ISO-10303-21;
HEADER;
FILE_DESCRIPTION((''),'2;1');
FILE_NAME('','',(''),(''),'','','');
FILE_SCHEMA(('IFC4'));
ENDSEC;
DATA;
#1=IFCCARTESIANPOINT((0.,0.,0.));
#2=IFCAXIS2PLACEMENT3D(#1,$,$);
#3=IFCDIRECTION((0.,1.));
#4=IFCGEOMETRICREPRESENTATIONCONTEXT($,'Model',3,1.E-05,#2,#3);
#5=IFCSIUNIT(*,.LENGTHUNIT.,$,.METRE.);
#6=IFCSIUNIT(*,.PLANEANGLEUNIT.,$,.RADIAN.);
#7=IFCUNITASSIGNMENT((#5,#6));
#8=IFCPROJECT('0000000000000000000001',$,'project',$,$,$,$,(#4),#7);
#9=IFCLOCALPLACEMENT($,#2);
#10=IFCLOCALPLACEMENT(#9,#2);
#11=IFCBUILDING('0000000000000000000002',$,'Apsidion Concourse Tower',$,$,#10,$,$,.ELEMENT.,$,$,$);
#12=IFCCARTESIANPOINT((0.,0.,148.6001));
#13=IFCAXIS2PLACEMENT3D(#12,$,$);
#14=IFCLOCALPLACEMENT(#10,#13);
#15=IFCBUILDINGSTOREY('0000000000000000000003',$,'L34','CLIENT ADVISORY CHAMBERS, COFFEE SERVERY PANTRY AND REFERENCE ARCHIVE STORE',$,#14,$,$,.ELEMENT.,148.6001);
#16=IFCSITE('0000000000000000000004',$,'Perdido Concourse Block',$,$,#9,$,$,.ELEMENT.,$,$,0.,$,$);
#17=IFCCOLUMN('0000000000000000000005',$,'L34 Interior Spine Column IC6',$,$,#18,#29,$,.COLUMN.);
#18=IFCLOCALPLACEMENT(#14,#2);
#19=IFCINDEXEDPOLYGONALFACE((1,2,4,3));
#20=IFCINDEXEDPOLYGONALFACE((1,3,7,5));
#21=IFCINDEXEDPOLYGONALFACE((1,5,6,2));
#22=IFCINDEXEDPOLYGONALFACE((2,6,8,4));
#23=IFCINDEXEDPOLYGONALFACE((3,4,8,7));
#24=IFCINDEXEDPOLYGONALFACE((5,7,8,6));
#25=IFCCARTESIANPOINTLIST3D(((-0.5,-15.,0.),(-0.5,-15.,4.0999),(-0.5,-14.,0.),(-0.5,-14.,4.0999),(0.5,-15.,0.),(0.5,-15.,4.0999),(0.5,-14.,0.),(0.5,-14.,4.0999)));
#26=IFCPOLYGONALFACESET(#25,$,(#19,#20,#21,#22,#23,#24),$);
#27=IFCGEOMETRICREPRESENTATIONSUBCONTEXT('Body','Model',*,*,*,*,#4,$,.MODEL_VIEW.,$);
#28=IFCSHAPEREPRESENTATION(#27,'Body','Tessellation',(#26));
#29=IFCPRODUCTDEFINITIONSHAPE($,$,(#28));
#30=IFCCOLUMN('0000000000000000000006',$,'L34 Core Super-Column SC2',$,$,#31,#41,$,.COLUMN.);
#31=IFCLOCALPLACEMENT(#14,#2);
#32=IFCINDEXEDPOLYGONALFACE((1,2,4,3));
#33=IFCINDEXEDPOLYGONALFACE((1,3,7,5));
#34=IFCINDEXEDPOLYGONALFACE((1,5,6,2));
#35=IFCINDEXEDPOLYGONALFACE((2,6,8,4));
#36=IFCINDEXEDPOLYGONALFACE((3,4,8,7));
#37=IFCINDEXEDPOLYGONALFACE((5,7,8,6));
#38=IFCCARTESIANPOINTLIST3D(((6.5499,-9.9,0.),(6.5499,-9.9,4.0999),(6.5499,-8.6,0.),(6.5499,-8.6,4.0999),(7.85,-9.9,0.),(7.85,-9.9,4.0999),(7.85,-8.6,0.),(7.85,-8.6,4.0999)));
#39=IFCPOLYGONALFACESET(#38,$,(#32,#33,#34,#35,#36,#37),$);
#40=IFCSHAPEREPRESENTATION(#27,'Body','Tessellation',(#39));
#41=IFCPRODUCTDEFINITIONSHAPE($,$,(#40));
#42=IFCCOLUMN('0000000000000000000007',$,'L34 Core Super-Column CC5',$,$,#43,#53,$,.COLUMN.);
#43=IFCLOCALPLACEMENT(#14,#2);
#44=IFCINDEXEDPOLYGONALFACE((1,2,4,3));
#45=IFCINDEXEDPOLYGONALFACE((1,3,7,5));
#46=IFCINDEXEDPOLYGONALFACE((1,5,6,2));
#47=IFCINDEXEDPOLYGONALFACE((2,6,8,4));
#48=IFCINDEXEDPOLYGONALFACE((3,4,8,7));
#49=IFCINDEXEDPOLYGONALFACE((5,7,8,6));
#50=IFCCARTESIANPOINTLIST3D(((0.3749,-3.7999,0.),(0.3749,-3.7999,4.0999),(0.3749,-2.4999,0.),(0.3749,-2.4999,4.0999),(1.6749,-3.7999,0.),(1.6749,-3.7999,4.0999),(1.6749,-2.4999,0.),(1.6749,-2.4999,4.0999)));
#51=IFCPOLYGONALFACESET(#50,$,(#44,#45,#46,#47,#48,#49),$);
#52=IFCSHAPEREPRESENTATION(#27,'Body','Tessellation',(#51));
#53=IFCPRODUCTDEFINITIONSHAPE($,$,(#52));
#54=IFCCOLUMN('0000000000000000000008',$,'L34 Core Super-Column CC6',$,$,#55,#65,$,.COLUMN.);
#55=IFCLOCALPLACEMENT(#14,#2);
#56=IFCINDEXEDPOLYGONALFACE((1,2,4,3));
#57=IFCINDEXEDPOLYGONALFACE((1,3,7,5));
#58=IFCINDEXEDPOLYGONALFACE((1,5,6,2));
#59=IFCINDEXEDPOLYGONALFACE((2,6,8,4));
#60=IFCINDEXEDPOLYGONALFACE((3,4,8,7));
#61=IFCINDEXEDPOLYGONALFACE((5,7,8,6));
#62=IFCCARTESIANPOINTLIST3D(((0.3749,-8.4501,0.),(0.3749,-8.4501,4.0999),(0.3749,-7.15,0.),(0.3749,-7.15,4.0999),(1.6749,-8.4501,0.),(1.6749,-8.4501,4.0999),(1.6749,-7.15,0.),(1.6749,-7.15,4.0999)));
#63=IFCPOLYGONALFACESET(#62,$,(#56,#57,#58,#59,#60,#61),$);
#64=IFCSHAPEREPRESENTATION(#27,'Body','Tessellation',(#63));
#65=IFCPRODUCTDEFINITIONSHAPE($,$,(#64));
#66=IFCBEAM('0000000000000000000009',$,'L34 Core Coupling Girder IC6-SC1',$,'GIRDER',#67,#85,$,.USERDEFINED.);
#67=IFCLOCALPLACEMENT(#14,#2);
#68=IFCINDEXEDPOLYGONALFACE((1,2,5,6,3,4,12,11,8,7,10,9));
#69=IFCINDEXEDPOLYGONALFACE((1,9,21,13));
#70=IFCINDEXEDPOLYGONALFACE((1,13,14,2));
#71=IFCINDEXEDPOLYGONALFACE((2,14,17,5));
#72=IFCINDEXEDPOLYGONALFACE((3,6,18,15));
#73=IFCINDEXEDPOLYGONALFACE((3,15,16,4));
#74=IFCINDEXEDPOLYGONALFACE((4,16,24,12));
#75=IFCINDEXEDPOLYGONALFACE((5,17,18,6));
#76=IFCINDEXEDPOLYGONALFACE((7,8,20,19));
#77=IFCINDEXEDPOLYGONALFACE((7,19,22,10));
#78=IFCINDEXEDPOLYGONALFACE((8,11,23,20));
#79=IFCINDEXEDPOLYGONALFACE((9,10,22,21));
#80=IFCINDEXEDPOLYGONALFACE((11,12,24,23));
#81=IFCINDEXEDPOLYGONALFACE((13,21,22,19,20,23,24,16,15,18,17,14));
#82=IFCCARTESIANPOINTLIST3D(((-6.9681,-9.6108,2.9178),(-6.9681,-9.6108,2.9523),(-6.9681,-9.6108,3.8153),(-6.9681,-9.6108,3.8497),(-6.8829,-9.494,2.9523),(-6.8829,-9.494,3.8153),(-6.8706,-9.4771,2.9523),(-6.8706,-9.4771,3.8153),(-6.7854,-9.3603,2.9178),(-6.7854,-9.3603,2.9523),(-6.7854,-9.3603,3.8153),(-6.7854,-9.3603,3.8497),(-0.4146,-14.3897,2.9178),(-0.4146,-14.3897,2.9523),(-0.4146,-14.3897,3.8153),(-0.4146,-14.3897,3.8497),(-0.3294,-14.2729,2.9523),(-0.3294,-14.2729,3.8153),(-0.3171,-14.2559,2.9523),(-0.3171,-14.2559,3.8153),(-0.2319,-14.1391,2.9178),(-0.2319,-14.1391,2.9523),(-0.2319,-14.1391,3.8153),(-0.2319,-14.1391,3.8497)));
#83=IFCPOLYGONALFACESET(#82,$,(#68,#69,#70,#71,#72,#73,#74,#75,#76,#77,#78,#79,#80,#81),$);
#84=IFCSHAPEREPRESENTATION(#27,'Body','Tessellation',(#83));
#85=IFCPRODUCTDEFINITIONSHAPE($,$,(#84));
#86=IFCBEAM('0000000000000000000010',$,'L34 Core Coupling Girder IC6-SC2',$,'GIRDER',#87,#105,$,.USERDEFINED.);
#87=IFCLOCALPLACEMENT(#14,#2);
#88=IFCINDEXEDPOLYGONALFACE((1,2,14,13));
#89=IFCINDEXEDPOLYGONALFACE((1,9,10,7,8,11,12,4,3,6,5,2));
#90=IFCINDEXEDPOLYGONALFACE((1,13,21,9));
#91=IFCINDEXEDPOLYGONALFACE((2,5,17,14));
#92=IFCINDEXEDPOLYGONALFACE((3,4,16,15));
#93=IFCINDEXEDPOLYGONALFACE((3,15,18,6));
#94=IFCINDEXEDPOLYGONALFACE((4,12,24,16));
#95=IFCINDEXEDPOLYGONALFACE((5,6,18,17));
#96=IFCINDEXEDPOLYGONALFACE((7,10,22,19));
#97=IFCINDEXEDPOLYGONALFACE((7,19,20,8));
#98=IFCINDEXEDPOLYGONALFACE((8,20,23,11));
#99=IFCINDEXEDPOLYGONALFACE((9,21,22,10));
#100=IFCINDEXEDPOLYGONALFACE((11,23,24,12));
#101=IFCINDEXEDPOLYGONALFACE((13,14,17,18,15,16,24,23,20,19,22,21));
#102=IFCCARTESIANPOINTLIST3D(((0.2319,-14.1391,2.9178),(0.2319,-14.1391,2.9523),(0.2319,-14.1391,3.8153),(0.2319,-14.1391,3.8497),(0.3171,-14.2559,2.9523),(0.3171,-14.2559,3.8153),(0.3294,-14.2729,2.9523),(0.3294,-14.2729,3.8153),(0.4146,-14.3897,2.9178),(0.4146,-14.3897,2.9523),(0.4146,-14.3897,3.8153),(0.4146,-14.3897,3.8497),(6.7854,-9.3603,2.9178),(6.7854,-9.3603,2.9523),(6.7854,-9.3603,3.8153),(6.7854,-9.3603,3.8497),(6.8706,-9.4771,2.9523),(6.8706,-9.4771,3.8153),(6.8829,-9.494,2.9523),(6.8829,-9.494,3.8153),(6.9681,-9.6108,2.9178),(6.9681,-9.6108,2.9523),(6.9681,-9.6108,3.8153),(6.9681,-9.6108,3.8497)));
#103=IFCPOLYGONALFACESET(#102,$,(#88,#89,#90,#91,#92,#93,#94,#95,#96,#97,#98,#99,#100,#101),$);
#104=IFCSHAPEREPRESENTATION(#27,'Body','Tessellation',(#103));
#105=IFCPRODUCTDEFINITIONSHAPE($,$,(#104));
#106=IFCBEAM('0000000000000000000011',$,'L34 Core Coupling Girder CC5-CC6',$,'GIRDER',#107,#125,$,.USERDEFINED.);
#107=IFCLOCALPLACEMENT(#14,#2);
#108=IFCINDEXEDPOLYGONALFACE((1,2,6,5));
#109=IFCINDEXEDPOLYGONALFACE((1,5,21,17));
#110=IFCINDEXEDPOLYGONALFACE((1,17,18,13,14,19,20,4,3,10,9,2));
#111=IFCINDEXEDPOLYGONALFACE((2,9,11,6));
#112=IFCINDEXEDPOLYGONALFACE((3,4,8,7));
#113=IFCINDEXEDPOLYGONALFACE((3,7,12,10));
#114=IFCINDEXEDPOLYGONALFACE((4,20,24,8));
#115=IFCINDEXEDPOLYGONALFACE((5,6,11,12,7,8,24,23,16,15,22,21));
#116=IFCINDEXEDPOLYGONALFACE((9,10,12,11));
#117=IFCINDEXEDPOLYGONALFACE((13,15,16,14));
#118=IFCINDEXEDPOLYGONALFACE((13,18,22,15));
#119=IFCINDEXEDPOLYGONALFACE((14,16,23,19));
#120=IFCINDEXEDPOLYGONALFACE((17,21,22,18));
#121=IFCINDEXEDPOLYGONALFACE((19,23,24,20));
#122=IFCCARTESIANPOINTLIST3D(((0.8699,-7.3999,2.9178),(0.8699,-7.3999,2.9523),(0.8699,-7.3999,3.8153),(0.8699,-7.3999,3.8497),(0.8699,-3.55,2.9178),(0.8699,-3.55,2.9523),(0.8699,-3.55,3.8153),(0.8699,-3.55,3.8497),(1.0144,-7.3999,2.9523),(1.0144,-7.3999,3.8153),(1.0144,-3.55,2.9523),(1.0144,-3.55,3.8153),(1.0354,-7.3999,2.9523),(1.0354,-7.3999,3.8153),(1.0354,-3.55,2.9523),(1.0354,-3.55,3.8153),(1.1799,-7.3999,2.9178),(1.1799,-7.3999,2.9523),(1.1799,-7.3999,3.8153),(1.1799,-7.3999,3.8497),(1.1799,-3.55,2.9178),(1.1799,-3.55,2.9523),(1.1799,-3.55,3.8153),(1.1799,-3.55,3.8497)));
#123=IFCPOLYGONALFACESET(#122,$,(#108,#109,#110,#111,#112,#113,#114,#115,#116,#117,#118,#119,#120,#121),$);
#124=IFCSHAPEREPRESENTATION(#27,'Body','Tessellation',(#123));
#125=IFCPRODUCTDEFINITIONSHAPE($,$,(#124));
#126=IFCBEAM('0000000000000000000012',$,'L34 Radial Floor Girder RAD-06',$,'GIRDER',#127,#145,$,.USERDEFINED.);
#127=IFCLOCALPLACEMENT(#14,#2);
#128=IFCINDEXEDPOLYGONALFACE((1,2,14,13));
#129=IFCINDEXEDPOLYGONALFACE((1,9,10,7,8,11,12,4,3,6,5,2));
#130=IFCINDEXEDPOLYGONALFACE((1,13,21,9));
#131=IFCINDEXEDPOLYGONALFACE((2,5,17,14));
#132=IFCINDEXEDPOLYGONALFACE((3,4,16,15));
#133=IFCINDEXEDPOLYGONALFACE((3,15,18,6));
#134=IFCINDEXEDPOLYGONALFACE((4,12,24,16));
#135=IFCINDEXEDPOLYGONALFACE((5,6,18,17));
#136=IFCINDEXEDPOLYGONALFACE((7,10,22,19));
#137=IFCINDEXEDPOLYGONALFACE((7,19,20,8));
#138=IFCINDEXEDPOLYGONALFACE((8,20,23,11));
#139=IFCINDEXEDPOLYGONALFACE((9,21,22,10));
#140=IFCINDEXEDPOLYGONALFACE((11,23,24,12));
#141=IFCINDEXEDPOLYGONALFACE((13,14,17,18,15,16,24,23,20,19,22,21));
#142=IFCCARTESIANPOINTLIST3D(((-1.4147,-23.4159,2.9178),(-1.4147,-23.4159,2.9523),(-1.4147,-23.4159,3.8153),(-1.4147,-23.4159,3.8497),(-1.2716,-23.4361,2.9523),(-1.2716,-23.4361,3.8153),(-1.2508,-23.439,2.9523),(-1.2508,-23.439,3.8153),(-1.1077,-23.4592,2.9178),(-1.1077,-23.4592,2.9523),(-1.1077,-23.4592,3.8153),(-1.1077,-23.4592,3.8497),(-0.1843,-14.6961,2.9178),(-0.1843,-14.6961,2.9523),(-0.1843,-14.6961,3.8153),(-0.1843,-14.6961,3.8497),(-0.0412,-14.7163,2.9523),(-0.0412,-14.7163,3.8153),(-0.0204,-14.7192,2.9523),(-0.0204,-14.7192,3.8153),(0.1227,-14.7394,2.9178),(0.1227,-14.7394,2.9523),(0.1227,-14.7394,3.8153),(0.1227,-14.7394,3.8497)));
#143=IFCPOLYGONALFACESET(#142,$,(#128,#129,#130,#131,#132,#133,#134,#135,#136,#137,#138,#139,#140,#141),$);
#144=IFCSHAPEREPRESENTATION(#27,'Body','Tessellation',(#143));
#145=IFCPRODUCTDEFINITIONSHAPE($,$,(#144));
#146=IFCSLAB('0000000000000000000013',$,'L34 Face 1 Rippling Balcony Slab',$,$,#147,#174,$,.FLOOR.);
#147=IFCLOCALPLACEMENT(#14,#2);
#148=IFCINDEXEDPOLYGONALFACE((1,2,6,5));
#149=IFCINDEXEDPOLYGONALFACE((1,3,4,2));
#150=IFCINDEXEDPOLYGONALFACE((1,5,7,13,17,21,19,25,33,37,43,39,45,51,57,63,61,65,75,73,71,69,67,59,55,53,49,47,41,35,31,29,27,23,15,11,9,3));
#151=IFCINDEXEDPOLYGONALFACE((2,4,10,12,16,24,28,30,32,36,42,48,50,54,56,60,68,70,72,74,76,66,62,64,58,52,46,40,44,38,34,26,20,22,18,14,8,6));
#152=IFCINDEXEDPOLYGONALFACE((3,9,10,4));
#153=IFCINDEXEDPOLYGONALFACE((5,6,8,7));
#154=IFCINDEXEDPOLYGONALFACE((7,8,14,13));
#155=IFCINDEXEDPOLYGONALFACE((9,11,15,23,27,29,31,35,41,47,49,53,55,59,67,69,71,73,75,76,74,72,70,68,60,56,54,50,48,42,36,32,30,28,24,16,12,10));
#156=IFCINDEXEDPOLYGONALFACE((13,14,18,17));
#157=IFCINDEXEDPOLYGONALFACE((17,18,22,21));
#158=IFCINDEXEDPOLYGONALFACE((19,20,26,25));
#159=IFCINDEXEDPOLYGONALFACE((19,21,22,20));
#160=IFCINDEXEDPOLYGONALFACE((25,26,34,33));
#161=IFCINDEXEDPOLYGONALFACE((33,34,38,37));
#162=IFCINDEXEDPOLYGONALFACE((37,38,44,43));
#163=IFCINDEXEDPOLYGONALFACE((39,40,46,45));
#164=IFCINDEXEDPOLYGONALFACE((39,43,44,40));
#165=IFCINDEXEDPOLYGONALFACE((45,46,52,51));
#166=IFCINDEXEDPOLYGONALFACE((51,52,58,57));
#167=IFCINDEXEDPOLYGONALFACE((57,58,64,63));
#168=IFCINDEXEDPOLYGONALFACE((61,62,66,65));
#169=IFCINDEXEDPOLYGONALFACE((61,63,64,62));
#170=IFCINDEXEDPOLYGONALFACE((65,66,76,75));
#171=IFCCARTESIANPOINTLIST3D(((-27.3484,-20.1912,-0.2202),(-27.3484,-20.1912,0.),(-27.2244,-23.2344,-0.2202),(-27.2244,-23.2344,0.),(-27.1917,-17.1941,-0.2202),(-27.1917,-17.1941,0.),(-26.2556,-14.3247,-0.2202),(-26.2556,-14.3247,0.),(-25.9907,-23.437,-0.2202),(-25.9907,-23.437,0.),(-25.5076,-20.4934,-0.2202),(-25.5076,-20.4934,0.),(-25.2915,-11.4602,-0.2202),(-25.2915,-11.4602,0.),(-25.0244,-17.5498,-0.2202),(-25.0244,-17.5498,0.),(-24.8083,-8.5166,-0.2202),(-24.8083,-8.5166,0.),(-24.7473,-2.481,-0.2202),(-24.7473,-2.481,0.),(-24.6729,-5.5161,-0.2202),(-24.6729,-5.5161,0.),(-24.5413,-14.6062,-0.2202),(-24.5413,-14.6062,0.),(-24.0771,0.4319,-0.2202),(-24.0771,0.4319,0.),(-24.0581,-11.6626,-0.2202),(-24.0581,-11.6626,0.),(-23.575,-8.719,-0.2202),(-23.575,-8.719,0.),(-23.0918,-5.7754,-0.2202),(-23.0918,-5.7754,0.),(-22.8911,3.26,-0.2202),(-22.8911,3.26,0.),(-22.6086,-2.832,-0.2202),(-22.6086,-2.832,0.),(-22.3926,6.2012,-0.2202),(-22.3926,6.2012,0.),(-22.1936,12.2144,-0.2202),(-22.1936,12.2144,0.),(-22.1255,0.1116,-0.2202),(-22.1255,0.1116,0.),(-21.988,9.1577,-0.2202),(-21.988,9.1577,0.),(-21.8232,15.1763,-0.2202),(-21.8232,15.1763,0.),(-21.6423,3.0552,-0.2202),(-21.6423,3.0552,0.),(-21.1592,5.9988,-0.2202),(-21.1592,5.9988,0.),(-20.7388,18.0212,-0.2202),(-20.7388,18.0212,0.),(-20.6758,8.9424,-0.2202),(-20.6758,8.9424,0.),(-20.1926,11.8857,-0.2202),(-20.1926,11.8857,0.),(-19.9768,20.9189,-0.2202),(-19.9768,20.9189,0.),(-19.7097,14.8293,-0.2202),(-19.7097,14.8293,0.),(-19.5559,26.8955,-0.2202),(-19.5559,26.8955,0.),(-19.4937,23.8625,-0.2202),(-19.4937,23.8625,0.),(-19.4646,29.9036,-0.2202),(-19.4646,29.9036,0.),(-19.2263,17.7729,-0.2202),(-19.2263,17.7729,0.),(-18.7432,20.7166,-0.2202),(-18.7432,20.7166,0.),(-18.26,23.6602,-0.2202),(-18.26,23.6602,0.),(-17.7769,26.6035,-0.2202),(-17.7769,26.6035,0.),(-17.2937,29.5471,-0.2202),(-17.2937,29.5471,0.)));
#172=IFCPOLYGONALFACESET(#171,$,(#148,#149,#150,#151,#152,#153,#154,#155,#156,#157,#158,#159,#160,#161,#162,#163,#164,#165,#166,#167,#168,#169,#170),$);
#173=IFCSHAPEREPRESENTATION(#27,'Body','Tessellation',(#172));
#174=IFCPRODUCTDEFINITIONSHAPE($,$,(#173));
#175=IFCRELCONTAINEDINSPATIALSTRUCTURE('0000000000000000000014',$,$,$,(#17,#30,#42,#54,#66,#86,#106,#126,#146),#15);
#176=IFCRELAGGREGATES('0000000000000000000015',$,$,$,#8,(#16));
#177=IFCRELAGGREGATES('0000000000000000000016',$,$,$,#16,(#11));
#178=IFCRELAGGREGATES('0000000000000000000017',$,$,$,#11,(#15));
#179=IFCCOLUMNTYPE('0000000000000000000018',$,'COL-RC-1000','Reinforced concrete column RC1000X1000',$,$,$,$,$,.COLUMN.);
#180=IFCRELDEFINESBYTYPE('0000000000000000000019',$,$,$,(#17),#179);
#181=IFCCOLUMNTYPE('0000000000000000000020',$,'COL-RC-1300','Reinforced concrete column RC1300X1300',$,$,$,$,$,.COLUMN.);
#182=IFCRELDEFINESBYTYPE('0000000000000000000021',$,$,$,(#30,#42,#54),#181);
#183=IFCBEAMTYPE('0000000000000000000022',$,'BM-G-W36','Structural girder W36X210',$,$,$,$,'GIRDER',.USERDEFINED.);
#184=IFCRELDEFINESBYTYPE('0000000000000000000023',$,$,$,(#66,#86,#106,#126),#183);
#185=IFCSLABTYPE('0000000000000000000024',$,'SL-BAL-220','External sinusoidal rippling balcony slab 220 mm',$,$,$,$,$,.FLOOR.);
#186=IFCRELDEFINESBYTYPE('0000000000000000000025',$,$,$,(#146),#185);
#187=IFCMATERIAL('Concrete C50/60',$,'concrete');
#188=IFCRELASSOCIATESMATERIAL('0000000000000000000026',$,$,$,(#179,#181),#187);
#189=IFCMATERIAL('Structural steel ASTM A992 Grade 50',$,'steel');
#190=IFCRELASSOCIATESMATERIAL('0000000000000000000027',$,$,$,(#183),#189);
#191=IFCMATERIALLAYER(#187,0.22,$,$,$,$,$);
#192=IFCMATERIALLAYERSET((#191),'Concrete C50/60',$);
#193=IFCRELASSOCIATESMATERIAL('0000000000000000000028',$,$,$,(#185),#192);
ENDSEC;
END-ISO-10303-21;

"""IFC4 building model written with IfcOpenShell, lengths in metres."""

from ifc_helpers import new_model, si_unit, direction, frame, origin, origin_2d, place, context, subcontext, project, spatial, polyline, rectangle, i_section, outline, extrude, material, layer, layer_set, material_profile, profile_set, type_object, element, save


model = new_model("IFC4")

# Units and contexts
model_context = context("Model", 3, precision=1e-05, world=origin(), true_north=direction((0.0, 1.0)))
body_context = subcontext(model_context, "Body", "Model", "MODEL_VIEW")
ifc_project = project(units=[si_unit("LENGTHUNIT", "METRE"), si_unit("PLANEANGLEUNIT", "RADIAN")], contexts=[model_context])

# Site, building, storey
site_placement = place(None, origin())
site = spatial("IfcSite", under=ifc_project, at=site_placement, Name="Perdido Concourse Block", CompositionType="ELEMENT", RefElevation=0.0)
building_placement = place(site_placement, origin())
building = spatial("IfcBuilding", under=site, at=building_placement, Name="Apsidion Concourse Tower", CompositionType="ELEMENT")
storey_placement = place(building_placement, frame((0.0, 0.0, 148.6001)))
storey = spatial("IfcBuildingStorey", under=building, at=storey_placement, Name="L34", Description="CLIENT ADVISORY CHAMBERS, COFFEE SERVERY PANTRY AND REFERENCE ARCHIVE STORE", CompositionType="ELEMENT", Elevation=148.6001)

# Columns
ifc_material_1 = material(Name="Concrete C50/60", Category="concrete")
ifc_material_profile_1 = material_profile(ifc_material_1, rectangle(XDim=1.0, YDim=1.0, at=origin_2d()), Name="RC 1000x1000")
ifc_profile_set_1 = profile_set([ifc_material_profile_1], Name="Concrete C50/60")
column_type_1 = type_object("IfcColumnType", Name="COL-RC-1000", Description="Reinforced concrete column RC1000X1000", PredefinedType="COLUMN", material=ifc_profile_set_1)
column_placement = place(storey_placement, frame((0.0, -14.5, 0.0), z_axis=(0.0, 0.0, 1.0), x_axis=(1.0, 0.0, 0.0)))
element("IfcColumn", 1, at=column_placement, inside=storey, type_object=column_type_1, Name="L34 Interior Spine Column IC6", PredefinedType="COLUMN", context=body_context, shape_type="SweptSolid", body=[
    extrude(rectangle(XDim=1.0, YDim=1.0, at=origin_2d()), origin(), (0.0, 0.0, 1.0), 4.0999),
])
ifc_material_profile_2 = material_profile(ifc_material_1, rectangle(XDim=1.3, YDim=1.3, at=origin_2d()), Name="RC 1300x1300")
ifc_profile_set_2 = profile_set([ifc_material_profile_2], Name="Concrete C50/60")
column_type_2 = type_object("IfcColumnType", Name="COL-RC-1300", Description="Reinforced concrete column RC1300X1300", PredefinedType="COLUMN", material=ifc_profile_set_2)
for number, where, z_axis, x_axis, name in (
    (2, (7.2, -9.25, 0.0), (0.0, 0.0, 1.0), (1.0, 0.0, 0.0), "L34 Core Super-Column SC2"),
    (3, (1.0249, -3.1499, 0.0), (0.0, 0.0, 1.0), (1.0, 0.0, 0.0), "L34 Core Super-Column CC5"),
    (4, (1.0249, -7.8, 0.0), (0.0, 0.0, 1.0), (1.0, 0.0, 0.0), "L34 Core Super-Column CC6"),
):
    element("IfcColumn", number, at=place(storey_placement, frame(where, z_axis=z_axis, x_axis=x_axis)), inside=storey, type_object=column_type_2, Name=name, PredefinedType="COLUMN", context=body_context, shape_type="SweptSolid", body=[
        extrude(rectangle(XDim=1.3, YDim=1.3, at=origin_2d()), origin(), (0.0, 0.0, 1.0), 4.0999),
    ])

# Beams
ifc_material_2 = material(Name="Structural steel ASTM A992 Grade 50", Category="steel")
ifc_material_profile_3 = material_profile(ifc_material_2, i_section(OverallWidth=0.3101, OverallDepth=0.9319, WebThickness=0.021, FlangeThickness=0.0344, at=origin_2d()), Name="W36X210")
ifc_profile_set_3 = profile_set([ifc_material_profile_3], Name="Structural steel ASTM A992 Grade 50")
beam_type = type_object("IfcBeamType", Name="BM-G-W36", Description="Structural girder W36X210", ElementType="GIRDER", PredefinedType="USERDEFINED", material=ifc_profile_set_3)
for number, where, z_axis, x_axis, name in (
    (5, (-0.3232, -14.2644, 3.3838), (-0.807993, 0.589191, 0.0), (-0.589191, -0.807993, 0.0), "L34 Core Coupling Girder IC6-SC1"),
    (6, (0.3232, -14.2644, 3.3838), (0.807993, 0.589191, 0.0), (-0.589191, 0.807993, 0.0), "L34 Core Coupling Girder IC6-SC2"),
):
    element("IfcBeam", number, at=place(storey_placement, frame(where, z_axis=z_axis, x_axis=x_axis)), inside=storey, type_object=beam_type, Name=name, ObjectType="GIRDER", PredefinedType="USERDEFINED", context=body_context, shape_type="SweptSolid", body=[
        extrude(i_section(OverallWidth=0.3101, OverallDepth=0.9319, WebThickness=0.021, FlangeThickness=0.0344, at=origin_2d()), origin(), (0.0, 0.0, 1.0), 8.1108),
    ])
beam_1_placement = place(storey_placement, frame((1.0249, -3.55, 3.3838), z_axis=(0.0, -1.0, 0.0), x_axis=(1.0, 0.0, 0.0)))
element("IfcBeam", 7, at=beam_1_placement, inside=storey, type_object=beam_type, Name="L34 Core Coupling Girder CC5-CC6", ObjectType="GIRDER", PredefinedType="USERDEFINED", context=body_context, shape_type="SweptSolid", body=[
    extrude(i_section(OverallWidth=0.3101, OverallDepth=0.9319, WebThickness=0.021, FlangeThickness=0.0344, at=origin_2d()), origin(), (0.0, 0.0, 1.0), 3.8499),
])
beam_2_placement = place(storey_placement, frame((-0.0308, -14.7178, 3.3838), z_axis=(-0.139729, -0.99019, 0.0), x_axis=(0.99019, -0.139729, 0.0)))
element("IfcBeam", 8, at=beam_2_placement, inside=storey, type_object=beam_type, Name="L34 Radial Floor Girder RAD-06", ObjectType="GIRDER", PredefinedType="USERDEFINED", context=body_context, shape_type="SweptSolid", body=[
    extrude(i_section(OverallWidth=0.3101, OverallDepth=0.9319, WebThickness=0.021, FlangeThickness=0.0344, at=origin_2d()), origin(), (0.0, 0.0, 1.0), 8.8062),
])

# Slab
ifc_layer_1 = layer(ifc_material_1, 0.22)
ifc_layer_set_1 = layer_set([ifc_layer_1], Name="Concrete C50/60")
slab_type_1 = type_object("IfcSlabType", Name="SL-BAL-220", Description="External sinusoidal rippling balcony slab 220 mm", PredefinedType="FLOOR", material=ifc_layer_set_1)
slab_1_placement = place(storey_placement, frame((0.0, 0.0, -0.2202)))
element("IfcSlab", 9, at=slab_1_placement, inside=storey, type_object=slab_type_1, Name="L34 Face 1 Rippling Balcony Slab", PredefinedType="FLOOR", context=body_context, shape_type="SweptSolid", body=[
    extrude(outline(polyline([(-17.2937, 29.5471), (-17.7769, 26.6035), (-18.26, 23.6602), (-18.7432, 20.7166), (-19.2263, 17.7729), (-19.7097, 14.8293), (-20.1926, 11.8857), (-20.6758, 8.9424), (-21.1592, 5.9988), (-21.6423, 3.0552), (-22.1255, 0.1116), (-22.6086, -2.832), (-23.0918, -5.7754), (-23.575, -8.719), (-24.0581, -11.6626), (-24.5413, -14.6062), (-25.0244, -17.5498), (-25.5076, -20.4934), (-25.9907, -23.437), (-27.2244, -23.2344), (-27.3484, -20.1912), (-27.1917, -17.1941), (-26.2556, -14.3247), (-25.2915, -11.4602), (-24.8083, -8.5166), (-24.6729, -5.5161), (-24.7473, -2.481), (-24.0771, 0.4319), (-22.8911, 3.26), (-22.3926, 6.2012), (-21.988, 9.1577), (-22.1936, 12.2144), (-21.8232, 15.1763), (-20.7388, 18.0212), (-19.9768, 20.9189), (-19.4937, 23.8625), (-19.5559, 26.8955), (-19.4646, 29.9036), (-17.2937, 29.5471)])), origin(), (0.0, 0.0, 1.0), 0.2202),
])

save(model, "model.ifc")
